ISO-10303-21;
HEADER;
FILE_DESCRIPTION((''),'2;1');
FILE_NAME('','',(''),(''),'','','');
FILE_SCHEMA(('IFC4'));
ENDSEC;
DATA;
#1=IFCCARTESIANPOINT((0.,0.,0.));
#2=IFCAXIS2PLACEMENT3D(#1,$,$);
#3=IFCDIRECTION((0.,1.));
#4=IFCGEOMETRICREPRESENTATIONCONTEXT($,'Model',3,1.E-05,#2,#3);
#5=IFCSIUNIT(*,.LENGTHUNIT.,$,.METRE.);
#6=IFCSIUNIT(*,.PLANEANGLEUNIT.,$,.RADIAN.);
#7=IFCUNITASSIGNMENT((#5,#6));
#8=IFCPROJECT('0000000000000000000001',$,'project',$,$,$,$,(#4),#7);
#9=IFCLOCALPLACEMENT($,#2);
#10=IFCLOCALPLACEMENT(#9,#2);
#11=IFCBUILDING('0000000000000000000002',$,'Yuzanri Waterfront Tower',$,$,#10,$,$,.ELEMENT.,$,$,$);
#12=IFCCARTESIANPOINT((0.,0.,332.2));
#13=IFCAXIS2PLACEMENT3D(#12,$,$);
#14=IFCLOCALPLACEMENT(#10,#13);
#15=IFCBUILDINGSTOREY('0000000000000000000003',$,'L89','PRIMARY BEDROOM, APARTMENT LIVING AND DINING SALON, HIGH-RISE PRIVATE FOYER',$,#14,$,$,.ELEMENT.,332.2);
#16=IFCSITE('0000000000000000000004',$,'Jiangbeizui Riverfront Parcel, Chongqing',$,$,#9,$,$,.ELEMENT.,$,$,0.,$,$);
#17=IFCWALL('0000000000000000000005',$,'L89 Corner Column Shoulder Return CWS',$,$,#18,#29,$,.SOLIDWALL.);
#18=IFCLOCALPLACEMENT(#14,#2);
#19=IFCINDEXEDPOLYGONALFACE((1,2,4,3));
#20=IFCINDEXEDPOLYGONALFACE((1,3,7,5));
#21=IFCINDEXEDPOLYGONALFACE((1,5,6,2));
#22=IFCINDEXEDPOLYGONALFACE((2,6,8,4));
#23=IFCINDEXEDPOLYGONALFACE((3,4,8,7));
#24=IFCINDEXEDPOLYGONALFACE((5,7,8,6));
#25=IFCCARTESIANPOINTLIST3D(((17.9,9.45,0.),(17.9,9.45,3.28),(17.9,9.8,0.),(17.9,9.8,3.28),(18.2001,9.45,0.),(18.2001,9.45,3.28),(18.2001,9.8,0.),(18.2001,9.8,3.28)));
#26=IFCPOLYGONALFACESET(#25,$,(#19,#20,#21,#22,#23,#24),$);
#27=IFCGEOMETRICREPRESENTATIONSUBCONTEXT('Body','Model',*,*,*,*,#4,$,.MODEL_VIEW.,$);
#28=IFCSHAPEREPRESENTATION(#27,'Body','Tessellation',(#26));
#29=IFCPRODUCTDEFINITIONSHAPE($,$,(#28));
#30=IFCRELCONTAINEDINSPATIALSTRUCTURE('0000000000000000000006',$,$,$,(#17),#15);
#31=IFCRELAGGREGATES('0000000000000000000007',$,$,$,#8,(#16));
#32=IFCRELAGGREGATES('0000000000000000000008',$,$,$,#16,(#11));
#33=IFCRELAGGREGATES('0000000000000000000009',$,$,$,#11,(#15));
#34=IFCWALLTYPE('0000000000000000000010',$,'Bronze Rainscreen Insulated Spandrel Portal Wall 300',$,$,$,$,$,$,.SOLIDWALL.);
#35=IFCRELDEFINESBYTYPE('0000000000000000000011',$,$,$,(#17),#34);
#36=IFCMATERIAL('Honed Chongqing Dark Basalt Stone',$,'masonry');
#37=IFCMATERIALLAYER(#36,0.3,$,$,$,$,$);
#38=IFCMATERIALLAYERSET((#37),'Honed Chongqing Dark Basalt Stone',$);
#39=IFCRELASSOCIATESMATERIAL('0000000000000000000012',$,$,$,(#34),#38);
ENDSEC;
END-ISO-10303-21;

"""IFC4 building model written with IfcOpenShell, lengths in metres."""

from ifc_helpers import new_model, si_unit, direction, frame, frame_2d, origin, place, context, subcontext, project, spatial, rectangle, extrude, source, transform, mapped, material, layer, layer_set, type_object, element, save


model = new_model("IFC4")

# Units and contexts
model_context = context("Model", 3, precision=1e-05, world=origin(), true_north=direction((0.0, 1.0)))
body_context = subcontext(model_context, "Body", "Model", "MODEL_VIEW")
ifc_project = project(units=[si_unit("LENGTHUNIT", "METRE"), si_unit("PLANEANGLEUNIT", "RADIAN")], contexts=[model_context])

# Site, building, storey
site_placement = place(None, origin())
site = spatial("IfcSite", under=ifc_project, at=site_placement, Name="Jiangbeizui Riverfront Parcel, Chongqing", CompositionType="ELEMENT", RefElevation=0.0)
building_placement = place(site_placement, origin())
building = spatial("IfcBuilding", under=site, at=building_placement, Name="Yuzanri Waterfront Tower", CompositionType="ELEMENT")
storey_placement = place(building_placement, frame((0.0, 0.0, 332.2)))
storey = spatial("IfcBuildingStorey", under=building, at=storey_placement, Name="L89", Description="PRIMARY BEDROOM, APARTMENT LIVING AND DINING SALON, HIGH-RISE PRIVATE FOYER", CompositionType="ELEMENT", Elevation=332.2)

# Wall
ifc_material_1 = material(Name="Honed Chongqing Dark Basalt Stone", Category="masonry")
ifc_layer_1 = layer(ifc_material_1, 0.3)
ifc_layer_set_1 = layer_set([ifc_layer_1], Name="Honed Chongqing Dark Basalt Stone")
wall_type = type_object("IfcWallType", Name="Bronze Rainscreen Insulated Spandrel Portal Wall 300", PredefinedType="SOLIDWALL", material=ifc_layer_set_1)
shared_shape_1 = source(origin(), body_context, "Body", "SweptSolid", [
    extrude(rectangle(XDim=0.3501, YDim=0.3, at=frame_2d((0.175, 0.0))), origin(), (0.0, 0.0, 1.0), 3.28),
])
wall_1_placement = place(storey_placement, frame((18.05, 9.45, 0.0), z_axis=(0.0, 0.0, 1.0), x_axis=(0.0, 1.0, 0.0)))
element("IfcWall", 1, at=wall_1_placement, inside=storey, type_object=wall_type, Name="L89 Corner Column Shoulder Return CWS", PredefinedType="SOLIDWALL", context=body_context, shape_type="MappedRepresentation", body=[
    mapped(shared_shape_1, transform((0.0, 0.0, 0.0), scale=1.0)),
])

save(model, "model.ifc")
